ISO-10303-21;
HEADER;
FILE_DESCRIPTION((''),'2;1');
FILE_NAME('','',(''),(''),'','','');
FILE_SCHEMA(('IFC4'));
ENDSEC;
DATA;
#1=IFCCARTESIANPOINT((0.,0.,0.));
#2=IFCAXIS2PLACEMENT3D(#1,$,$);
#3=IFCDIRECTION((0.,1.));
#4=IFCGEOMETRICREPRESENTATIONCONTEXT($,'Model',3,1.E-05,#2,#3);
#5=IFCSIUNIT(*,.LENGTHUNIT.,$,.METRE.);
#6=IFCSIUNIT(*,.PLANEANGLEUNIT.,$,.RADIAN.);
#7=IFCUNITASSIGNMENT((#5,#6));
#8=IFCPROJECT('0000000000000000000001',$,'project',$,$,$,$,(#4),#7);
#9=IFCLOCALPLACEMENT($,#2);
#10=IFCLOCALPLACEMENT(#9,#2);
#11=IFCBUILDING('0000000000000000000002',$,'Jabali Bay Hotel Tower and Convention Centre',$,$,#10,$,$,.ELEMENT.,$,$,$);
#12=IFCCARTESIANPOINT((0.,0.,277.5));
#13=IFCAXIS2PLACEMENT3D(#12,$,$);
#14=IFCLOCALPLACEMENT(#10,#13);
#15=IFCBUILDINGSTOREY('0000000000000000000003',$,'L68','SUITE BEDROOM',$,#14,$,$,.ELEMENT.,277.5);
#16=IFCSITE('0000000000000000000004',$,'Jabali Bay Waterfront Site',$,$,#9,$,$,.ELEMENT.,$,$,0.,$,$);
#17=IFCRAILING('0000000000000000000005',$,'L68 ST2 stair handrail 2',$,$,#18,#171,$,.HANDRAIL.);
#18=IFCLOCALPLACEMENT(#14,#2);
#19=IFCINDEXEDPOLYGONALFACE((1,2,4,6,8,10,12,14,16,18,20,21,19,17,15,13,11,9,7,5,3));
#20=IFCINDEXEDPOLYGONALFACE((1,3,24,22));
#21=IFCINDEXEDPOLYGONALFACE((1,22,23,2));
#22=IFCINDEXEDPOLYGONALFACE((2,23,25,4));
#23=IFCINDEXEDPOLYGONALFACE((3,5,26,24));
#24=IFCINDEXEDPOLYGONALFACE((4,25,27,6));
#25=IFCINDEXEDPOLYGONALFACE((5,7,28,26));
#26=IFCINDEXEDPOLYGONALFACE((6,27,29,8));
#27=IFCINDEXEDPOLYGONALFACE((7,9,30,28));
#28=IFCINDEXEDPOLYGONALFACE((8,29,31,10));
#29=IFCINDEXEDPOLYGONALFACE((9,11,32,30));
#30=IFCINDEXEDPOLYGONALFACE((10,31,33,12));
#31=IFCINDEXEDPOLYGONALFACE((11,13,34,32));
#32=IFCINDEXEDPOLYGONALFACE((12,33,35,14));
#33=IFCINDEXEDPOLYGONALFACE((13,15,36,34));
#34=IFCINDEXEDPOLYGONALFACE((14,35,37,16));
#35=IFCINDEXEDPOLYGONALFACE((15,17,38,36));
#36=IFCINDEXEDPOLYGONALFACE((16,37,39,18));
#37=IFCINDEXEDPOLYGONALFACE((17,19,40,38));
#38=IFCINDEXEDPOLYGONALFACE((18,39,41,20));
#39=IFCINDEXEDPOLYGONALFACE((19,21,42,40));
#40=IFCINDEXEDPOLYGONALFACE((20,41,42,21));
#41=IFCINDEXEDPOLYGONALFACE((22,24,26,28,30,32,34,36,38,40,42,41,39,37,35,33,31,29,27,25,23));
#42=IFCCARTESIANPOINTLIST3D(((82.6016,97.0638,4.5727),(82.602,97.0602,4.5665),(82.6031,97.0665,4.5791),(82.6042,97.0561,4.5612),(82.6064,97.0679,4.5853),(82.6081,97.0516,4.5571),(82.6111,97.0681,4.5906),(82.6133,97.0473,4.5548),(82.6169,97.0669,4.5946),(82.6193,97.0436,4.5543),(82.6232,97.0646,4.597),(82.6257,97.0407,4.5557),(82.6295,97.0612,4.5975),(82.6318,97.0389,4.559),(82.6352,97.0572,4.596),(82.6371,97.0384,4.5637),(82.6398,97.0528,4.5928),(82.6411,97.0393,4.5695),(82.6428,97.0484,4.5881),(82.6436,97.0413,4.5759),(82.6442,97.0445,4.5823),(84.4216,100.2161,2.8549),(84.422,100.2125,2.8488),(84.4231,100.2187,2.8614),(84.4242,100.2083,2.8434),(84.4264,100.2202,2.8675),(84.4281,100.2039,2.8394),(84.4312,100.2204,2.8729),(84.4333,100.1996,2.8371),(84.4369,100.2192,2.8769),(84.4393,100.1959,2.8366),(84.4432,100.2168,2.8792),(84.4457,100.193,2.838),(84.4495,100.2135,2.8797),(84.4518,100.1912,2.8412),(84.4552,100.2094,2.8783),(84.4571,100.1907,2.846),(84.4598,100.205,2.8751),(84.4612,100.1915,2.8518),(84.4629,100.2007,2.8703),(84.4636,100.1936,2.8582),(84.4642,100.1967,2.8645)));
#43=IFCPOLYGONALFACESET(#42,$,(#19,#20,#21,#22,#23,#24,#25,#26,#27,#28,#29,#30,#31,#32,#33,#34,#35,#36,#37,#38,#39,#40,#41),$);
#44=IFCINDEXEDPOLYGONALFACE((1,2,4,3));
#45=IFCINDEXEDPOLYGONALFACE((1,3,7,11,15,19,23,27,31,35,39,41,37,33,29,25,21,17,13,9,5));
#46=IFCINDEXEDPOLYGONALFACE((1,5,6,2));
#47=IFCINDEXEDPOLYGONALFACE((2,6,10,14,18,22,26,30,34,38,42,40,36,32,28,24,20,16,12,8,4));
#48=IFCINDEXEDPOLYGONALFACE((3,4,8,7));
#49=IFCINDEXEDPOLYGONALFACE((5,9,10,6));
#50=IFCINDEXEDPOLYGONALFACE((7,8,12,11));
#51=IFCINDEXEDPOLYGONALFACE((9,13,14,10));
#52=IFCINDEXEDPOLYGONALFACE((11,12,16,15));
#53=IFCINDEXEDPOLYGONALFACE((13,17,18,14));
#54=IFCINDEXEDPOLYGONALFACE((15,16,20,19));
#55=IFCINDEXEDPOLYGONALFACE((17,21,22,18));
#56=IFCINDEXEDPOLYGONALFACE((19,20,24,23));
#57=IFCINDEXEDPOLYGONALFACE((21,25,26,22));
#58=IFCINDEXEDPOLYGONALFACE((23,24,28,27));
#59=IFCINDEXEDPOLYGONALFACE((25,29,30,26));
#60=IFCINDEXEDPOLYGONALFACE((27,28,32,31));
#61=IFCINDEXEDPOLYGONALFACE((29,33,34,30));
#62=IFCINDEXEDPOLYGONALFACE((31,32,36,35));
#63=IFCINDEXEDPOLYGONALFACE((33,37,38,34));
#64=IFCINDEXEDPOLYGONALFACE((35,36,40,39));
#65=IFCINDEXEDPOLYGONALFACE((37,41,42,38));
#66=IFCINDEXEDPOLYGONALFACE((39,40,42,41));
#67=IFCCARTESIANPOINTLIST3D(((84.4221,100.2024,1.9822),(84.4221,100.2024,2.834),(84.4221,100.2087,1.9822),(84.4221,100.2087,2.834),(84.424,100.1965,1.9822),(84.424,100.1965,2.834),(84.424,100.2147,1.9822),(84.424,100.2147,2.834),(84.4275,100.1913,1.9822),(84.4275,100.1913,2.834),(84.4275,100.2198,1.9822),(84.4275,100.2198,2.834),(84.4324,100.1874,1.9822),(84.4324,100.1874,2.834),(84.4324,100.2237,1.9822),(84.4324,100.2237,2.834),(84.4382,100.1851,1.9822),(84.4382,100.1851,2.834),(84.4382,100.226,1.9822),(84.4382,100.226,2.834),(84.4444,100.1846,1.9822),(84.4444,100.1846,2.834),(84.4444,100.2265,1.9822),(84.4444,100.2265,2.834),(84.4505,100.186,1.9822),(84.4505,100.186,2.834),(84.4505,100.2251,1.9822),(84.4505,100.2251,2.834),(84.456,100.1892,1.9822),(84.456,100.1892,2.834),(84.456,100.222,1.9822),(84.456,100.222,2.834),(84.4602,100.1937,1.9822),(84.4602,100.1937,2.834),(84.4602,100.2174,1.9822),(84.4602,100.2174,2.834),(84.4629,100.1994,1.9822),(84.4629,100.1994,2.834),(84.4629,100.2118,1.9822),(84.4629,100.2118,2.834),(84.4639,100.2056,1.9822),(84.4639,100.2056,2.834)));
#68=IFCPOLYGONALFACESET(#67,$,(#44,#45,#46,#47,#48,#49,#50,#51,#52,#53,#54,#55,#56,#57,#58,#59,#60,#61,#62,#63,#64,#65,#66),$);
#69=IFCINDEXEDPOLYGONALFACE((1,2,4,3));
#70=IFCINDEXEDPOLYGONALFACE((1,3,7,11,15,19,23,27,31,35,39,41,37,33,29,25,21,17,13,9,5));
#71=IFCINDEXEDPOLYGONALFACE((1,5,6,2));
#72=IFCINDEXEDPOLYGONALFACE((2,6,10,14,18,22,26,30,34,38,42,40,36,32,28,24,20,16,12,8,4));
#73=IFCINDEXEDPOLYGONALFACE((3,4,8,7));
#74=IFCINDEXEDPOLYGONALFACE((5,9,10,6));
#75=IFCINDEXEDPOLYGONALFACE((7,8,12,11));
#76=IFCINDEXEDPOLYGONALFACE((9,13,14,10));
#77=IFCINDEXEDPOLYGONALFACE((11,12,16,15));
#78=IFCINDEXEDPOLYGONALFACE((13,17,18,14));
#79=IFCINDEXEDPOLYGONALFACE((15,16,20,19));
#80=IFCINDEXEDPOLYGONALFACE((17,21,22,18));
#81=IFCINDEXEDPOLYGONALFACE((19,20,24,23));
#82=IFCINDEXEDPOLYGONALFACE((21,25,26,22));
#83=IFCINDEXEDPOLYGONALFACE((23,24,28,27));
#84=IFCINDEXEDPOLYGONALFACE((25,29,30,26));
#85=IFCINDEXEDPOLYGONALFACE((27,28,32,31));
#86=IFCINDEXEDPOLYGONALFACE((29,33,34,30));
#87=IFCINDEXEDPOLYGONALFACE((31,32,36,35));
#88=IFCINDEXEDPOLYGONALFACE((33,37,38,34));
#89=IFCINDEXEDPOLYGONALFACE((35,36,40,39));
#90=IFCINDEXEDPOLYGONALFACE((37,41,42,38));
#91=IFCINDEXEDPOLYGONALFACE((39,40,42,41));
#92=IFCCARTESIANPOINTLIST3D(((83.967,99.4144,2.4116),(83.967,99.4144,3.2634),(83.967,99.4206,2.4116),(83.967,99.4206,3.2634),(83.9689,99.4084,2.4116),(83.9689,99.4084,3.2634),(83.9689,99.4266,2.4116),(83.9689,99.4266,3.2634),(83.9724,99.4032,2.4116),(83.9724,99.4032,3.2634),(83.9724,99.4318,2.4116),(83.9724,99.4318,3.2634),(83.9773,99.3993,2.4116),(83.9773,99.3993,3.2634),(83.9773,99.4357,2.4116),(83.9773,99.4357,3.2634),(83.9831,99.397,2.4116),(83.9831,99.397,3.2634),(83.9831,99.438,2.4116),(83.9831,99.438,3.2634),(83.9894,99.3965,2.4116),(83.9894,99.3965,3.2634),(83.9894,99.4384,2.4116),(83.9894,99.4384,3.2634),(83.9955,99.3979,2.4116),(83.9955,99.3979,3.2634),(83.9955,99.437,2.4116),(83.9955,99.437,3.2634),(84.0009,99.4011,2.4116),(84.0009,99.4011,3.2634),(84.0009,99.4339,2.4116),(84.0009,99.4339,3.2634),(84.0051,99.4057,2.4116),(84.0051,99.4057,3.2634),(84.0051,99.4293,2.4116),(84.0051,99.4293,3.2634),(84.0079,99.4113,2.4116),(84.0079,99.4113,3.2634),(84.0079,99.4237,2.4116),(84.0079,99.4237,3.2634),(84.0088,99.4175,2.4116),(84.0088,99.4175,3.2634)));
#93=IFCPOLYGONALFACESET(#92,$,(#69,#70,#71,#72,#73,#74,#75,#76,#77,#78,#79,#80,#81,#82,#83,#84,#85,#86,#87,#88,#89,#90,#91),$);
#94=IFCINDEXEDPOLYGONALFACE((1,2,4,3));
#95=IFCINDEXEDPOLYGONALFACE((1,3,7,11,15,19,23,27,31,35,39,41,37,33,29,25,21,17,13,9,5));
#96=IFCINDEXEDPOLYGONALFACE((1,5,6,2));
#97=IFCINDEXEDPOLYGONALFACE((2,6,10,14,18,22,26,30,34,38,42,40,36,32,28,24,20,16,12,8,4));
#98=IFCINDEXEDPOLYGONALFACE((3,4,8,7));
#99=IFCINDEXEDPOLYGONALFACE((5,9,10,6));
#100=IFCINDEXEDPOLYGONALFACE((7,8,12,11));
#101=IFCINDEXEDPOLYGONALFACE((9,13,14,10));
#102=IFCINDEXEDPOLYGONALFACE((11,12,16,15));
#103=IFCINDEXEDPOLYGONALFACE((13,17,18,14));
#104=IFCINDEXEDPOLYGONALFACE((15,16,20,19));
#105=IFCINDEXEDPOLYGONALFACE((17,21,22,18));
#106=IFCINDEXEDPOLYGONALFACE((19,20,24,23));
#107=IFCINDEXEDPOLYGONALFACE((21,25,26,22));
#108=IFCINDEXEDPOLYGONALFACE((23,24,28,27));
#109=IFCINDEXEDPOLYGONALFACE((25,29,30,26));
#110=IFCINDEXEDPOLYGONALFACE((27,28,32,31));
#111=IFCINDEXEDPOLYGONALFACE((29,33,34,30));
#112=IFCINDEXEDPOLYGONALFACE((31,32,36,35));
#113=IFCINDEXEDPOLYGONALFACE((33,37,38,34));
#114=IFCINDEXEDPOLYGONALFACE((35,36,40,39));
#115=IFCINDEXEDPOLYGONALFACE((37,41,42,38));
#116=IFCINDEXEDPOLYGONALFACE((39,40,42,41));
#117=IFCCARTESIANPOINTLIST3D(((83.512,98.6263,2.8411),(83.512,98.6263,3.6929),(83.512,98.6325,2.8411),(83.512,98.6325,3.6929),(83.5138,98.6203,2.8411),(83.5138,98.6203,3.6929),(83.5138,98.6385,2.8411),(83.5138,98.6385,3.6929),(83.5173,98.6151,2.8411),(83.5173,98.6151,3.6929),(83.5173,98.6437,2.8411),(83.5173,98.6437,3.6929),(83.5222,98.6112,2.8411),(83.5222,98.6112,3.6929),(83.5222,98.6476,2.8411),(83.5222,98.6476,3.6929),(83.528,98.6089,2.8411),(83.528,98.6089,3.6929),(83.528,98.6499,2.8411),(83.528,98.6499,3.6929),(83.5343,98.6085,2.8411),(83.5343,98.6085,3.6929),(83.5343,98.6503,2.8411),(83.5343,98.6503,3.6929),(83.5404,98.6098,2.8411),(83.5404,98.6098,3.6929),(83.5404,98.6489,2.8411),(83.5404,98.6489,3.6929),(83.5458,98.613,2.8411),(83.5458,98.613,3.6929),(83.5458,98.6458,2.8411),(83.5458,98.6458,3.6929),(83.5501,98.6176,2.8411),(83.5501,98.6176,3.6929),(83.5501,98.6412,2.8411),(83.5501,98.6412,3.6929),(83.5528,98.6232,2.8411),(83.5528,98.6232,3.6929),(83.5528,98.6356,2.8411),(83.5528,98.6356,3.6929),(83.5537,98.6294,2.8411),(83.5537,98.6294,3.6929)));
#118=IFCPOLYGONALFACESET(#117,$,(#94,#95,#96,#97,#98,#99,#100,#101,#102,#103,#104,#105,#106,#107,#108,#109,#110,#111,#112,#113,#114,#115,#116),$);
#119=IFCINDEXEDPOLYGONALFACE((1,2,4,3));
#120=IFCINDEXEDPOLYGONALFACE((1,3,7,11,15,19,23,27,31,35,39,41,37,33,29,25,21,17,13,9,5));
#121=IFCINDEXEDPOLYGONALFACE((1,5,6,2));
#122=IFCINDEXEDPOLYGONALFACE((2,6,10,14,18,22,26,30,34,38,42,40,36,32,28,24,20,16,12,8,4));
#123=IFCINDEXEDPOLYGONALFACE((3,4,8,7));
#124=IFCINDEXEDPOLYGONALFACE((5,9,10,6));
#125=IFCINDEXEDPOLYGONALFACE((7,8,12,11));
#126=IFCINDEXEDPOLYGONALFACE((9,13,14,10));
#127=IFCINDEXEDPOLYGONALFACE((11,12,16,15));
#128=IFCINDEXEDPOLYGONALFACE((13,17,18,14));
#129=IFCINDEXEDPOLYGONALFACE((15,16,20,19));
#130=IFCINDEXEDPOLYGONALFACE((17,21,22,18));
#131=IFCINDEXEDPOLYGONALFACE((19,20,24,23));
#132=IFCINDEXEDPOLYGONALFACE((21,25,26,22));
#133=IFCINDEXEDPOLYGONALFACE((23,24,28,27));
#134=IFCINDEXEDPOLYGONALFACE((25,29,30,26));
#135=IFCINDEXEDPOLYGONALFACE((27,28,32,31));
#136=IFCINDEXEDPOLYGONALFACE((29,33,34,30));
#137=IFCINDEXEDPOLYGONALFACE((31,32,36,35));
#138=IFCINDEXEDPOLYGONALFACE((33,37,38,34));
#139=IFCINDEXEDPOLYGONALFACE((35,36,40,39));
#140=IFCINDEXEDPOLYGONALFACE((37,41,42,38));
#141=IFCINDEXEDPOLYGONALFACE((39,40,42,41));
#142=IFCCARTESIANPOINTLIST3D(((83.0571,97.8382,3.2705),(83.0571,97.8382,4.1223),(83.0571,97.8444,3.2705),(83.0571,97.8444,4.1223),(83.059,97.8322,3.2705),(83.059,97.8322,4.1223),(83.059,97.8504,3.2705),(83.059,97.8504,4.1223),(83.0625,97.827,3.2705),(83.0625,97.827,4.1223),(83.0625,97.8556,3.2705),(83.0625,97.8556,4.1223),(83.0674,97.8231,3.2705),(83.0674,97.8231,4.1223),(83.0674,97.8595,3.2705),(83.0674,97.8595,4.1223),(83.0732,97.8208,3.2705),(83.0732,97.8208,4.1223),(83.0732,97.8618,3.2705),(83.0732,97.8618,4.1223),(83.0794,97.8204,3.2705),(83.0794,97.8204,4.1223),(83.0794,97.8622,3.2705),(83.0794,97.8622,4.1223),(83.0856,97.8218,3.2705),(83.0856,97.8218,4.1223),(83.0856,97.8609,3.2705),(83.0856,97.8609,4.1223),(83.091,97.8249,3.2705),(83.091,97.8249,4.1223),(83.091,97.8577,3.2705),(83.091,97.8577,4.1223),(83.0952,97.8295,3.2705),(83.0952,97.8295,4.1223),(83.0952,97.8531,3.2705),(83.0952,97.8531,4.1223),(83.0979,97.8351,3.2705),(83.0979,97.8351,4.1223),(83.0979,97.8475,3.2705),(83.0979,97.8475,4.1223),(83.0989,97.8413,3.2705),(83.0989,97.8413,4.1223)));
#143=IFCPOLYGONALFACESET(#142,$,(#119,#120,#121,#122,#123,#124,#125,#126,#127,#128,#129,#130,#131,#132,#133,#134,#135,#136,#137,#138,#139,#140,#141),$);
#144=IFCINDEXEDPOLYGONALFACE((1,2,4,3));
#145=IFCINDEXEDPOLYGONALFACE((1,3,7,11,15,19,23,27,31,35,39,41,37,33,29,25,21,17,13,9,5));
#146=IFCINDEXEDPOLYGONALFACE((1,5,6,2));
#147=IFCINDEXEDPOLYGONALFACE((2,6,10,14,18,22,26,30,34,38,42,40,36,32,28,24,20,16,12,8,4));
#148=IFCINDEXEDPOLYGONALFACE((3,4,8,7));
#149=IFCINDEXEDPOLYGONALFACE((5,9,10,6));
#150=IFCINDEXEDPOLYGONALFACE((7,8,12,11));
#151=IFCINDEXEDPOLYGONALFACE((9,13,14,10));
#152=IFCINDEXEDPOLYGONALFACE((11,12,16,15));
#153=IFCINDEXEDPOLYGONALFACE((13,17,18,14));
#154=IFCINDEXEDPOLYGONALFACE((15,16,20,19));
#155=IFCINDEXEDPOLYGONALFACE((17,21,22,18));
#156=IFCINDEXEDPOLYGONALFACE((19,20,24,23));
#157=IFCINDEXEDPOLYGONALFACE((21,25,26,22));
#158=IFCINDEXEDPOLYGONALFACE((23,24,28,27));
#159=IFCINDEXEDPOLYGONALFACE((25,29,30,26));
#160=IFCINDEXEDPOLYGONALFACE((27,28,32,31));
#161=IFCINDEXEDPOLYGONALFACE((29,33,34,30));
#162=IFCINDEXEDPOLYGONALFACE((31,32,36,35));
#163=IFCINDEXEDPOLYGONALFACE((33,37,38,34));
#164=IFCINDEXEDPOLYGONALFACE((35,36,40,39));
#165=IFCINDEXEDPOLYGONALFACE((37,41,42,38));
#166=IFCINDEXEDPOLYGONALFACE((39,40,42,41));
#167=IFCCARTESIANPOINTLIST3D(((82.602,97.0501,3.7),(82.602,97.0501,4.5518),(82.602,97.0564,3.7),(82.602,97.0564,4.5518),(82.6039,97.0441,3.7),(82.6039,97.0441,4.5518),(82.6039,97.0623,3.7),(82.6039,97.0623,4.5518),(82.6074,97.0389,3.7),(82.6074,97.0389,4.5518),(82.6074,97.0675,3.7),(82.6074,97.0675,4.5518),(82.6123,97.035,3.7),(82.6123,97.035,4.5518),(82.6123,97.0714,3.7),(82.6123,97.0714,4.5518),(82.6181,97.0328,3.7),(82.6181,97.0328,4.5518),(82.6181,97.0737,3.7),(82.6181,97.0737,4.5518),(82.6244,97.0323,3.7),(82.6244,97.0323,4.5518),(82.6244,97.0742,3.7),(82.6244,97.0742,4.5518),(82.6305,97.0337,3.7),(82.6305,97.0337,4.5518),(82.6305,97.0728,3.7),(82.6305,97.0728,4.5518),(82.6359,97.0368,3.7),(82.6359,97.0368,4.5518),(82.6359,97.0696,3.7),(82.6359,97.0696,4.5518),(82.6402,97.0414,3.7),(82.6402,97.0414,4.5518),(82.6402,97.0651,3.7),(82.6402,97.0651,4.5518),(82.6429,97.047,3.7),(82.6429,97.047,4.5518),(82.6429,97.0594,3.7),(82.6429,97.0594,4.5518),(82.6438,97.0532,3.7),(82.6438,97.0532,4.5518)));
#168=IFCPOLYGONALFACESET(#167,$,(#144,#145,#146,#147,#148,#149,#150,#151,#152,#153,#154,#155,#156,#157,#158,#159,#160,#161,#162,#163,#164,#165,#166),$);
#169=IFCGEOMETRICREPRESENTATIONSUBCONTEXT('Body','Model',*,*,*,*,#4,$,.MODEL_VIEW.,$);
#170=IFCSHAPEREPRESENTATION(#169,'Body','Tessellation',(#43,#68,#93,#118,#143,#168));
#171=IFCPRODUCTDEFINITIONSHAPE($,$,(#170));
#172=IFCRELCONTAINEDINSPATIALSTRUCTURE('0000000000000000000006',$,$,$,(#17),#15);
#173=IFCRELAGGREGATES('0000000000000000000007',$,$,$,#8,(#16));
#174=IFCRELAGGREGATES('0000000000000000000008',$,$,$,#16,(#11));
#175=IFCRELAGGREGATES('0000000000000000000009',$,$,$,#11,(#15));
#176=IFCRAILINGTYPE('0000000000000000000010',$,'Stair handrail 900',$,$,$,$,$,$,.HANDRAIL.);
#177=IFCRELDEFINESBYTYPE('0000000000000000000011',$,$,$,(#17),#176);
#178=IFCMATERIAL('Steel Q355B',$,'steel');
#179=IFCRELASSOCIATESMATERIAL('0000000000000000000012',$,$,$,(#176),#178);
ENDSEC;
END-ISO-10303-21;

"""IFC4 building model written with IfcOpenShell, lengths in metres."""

from ifc_helpers import new_model, si_unit, direction, frame, origin, origin_2d, place, context, subcontext, project, spatial, circle, extrude, material, type_object, element, save


model = new_model("IFC4")

# Units and contexts
model_context = context("Model", 3, precision=1e-05, world=origin(), true_north=direction((0.0, 1.0)))
body_context = subcontext(model_context, "Body", "Model", "MODEL_VIEW")
ifc_project = project(units=[si_unit("LENGTHUNIT", "METRE"), si_unit("PLANEANGLEUNIT", "RADIAN")], contexts=[model_context])

# Site, building, storey
site_placement = place(None, origin())
site = spatial("IfcSite", under=ifc_project, at=site_placement, Name="Jabali Bay Waterfront Site", CompositionType="ELEMENT", RefElevation=0.0)
building_placement = place(site_placement, origin())
building = spatial("IfcBuilding", under=site, at=building_placement, Name="Jabali Bay Hotel Tower and Convention Centre", CompositionType="ELEMENT")
storey_placement = place(building_placement, frame((0.0, 0.0, 277.5)))
storey = spatial("IfcBuildingStorey", under=building, at=storey_placement, Name="L68", Description="SUITE BEDROOM", CompositionType="ELEMENT", Elevation=277.5)

# Railing
ifc_material_1 = material(Name="Steel Q355B", Category="steel")
railing_type = type_object("IfcRailingType", Name="Stair handrail 900", PredefinedType="HANDRAIL", material=ifc_material_1)
railing_placement = place(storey_placement, frame((84.4429, 100.2056, 1.9822)))
element("IfcRailing", 1, at=railing_placement, inside=storey, type_object=railing_type, Name="L68 ST2 stair handrail 2", PredefinedType="HANDRAIL", context=body_context, shape_type="SweptSolid", body=[
    extrude(circle(Radius=0.0239, at=origin_2d()), frame((0.0, 0.0, 0.876), z_axis=(-0.45219, -0.78319, 0.426775), x_axis=(0.866018, -0.500013, 0.0)), (0.0, 0.0, 1.0), 4.0249),
    extrude(circle(Radius=0.021, at=origin_2d()), origin(), (0.0, 0.0, 1.0), 0.8518),
    extrude(circle(Radius=0.021, at=origin_2d()), frame((-0.4551, -0.7881, 0.4294)), (0.0, 0.0, 1.0), 0.8518),
    extrude(circle(Radius=0.021, at=origin_2d()), frame((-0.9102, -1.5762, 0.8589)), (0.0, 0.0, 1.0), 0.8518),
    extrude(circle(Radius=0.021, at=origin_2d()), frame((-1.365, -2.3643, 1.2883)), (0.0, 0.0, 1.0), 0.8518),
    extrude(circle(Radius=0.021, at=origin_2d()), frame((-1.8201, -3.1523, 1.7178)), (0.0, 0.0, 1.0), 0.8518),
])

save(model, "model.ifc")
